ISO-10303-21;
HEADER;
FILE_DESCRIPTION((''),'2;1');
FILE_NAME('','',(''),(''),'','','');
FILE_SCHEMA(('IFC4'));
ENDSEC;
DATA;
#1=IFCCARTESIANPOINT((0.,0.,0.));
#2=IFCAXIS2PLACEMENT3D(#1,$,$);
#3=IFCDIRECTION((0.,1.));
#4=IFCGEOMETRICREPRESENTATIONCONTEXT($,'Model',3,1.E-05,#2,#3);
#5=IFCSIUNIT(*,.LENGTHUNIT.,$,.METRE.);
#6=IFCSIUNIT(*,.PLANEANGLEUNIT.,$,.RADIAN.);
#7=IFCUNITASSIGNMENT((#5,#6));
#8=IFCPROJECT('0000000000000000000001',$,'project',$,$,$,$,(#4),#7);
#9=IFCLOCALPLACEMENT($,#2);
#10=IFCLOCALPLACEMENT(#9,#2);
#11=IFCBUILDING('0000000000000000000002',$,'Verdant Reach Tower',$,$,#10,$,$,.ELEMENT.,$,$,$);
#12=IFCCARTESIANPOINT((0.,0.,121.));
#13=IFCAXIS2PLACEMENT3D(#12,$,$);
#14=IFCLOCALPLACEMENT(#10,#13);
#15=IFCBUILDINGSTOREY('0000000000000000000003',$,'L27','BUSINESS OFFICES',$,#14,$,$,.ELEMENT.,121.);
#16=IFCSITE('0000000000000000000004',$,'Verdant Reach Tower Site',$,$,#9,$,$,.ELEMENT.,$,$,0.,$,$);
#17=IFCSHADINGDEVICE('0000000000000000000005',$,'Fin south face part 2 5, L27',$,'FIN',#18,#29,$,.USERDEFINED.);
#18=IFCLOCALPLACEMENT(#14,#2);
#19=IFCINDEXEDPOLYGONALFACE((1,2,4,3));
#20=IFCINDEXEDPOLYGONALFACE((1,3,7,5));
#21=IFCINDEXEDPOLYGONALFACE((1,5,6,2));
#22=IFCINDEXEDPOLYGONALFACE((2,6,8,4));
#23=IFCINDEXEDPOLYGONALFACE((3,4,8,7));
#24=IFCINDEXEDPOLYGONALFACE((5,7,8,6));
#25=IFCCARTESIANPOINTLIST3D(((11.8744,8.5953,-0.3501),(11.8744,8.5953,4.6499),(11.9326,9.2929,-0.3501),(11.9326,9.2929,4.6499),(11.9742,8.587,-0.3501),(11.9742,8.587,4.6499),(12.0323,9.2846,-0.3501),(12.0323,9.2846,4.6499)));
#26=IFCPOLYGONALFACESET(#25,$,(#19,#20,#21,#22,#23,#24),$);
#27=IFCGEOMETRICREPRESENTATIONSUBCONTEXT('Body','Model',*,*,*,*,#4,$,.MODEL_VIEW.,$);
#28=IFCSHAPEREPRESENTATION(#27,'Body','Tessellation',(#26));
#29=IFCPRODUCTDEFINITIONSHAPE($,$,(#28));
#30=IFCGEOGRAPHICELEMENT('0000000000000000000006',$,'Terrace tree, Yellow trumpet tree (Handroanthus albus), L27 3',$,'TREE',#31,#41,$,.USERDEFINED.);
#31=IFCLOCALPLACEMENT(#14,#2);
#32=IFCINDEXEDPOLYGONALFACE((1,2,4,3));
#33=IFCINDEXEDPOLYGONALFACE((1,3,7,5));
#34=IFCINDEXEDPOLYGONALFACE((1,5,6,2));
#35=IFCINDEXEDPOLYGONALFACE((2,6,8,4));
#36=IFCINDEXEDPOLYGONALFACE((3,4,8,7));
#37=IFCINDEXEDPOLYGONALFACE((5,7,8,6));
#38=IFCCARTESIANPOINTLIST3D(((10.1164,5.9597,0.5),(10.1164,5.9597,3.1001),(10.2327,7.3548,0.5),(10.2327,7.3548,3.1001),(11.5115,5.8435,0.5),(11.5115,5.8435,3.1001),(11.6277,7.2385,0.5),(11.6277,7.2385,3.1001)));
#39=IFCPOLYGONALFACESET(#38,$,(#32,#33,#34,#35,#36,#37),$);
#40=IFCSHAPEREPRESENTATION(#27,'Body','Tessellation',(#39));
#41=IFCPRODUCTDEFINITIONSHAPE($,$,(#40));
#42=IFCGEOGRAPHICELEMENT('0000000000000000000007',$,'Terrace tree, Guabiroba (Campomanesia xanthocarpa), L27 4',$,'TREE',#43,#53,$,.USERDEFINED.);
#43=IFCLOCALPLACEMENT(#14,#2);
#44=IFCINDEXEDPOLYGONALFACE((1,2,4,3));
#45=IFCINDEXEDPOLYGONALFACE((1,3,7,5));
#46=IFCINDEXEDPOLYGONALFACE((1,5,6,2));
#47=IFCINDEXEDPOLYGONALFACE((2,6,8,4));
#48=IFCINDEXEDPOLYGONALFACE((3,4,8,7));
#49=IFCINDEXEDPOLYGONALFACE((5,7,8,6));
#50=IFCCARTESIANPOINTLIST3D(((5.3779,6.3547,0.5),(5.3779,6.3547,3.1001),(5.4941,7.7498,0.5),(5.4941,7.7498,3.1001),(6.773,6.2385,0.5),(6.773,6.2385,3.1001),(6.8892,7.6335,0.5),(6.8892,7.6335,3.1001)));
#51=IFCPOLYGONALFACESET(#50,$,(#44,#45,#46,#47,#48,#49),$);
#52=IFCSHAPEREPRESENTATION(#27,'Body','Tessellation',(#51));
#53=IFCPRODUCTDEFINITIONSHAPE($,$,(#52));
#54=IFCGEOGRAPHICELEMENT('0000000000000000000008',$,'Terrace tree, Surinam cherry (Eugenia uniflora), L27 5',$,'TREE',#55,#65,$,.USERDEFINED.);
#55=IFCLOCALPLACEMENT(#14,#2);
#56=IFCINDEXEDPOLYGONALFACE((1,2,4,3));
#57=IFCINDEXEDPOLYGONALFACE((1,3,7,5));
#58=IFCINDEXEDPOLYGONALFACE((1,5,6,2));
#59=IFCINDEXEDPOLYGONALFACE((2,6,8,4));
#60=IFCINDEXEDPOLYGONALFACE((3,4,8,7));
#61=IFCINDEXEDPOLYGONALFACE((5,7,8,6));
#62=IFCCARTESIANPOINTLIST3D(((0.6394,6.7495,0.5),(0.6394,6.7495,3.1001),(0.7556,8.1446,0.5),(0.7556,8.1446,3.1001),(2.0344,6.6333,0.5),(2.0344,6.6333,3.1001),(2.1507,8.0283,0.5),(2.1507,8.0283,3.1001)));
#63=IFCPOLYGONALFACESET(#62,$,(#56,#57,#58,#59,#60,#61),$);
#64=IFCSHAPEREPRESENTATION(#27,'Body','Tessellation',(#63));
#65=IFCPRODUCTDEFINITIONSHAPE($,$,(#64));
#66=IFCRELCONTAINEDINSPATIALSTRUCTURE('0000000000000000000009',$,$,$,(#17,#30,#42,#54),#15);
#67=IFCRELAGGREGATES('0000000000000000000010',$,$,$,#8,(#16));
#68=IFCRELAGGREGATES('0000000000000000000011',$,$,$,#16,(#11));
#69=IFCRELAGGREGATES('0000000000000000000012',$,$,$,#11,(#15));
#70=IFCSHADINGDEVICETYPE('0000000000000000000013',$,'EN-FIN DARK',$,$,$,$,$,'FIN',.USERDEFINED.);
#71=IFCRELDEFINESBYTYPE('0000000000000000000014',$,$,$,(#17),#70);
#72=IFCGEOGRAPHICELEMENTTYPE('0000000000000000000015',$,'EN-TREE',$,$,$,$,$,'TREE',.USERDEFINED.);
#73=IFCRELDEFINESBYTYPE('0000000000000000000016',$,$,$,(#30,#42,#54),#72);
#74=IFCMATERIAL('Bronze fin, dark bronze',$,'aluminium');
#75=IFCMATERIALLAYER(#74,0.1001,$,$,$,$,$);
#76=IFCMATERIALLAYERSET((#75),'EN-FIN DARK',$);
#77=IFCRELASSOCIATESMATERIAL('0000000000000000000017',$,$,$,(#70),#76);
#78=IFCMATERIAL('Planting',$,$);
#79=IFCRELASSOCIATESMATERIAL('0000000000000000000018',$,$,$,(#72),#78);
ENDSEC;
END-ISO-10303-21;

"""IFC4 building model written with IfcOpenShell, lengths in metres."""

from ifc_helpers import new_model, si_unit, direction, frame, origin, origin_2d, place, context, subcontext, project, spatial, rectangle, extrude, material, layer, layer_set, type_object, element, save


model = new_model("IFC4")

# Units and contexts
model_context = context("Model", 3, precision=1e-05, world=origin(), true_north=direction((0.0, 1.0)))
body_context = subcontext(model_context, "Body", "Model", "MODEL_VIEW")
ifc_project = project(units=[si_unit("LENGTHUNIT", "METRE"), si_unit("PLANEANGLEUNIT", "RADIAN")], contexts=[model_context])

# Site, building, storey
site_placement = place(None, origin())
site = spatial("IfcSite", under=ifc_project, at=site_placement, Name="Verdant Reach Tower Site", CompositionType="ELEMENT", RefElevation=0.0)
building_placement = place(site_placement, origin())
building = spatial("IfcBuilding", under=site, at=building_placement, Name="Verdant Reach Tower", CompositionType="ELEMENT")
storey_placement = place(building_placement, frame((0.0, 0.0, 121.0)))
storey = spatial("IfcBuildingStorey", under=building, at=storey_placement, Name="L27", Description="BUSINESS OFFICES", CompositionType="ELEMENT", Elevation=121.0)

# Shading device
ifc_material_1 = material(Name="Bronze fin, dark bronze", Category="aluminium")
ifc_layer_1 = layer(ifc_material_1, 0.1001)
ifc_layer_set_1 = layer_set([ifc_layer_1], Name="EN-FIN DARK")
shading_device_type_1 = type_object("IfcShadingDeviceType", Name="EN-FIN DARK", ElementType="FIN", PredefinedType="USERDEFINED", material=ifc_layer_set_1)
shading_device_1_placement = place(storey_placement, frame((11.9534, 8.9399, -0.3501), z_axis=(0.0, 0.0, 1.0), x_axis=(0.996546, -0.083045, 0.0)))
element("IfcShadingDevice", 1, at=shading_device_1_placement, inside=storey, type_object=shading_device_type_1, Name="Fin south face part 2 5, L27", ObjectType="FIN", PredefinedType="USERDEFINED", context=body_context, shape_type="SweptSolid", body=[
    extrude(rectangle(XDim=0.1001, YDim=0.7, at=origin_2d()), origin(), (0.0, 0.0, 1.0), 5.0),
])

# Geographic elements
ifc_material_2 = material(Name="Planting")
geographic_element_type = type_object("IfcGeographicElementType", Name="EN-TREE", ElementType="TREE", PredefinedType="USERDEFINED", material=ifc_material_2)
for number, where, z_axis, x_axis, name in (
    (2, (10.8721, 6.5991, 0.5), (0.0, 0.0, 1.0), (-0.996546, 0.083045, 0.0), "Terrace tree, Yellow trumpet tree (Handroanthus albus), L27 3"),
    (3, (6.1335, 6.9941, 0.5), (0.0, 0.0, 1.0), (-0.996546, 0.083045, 0.0), "Terrace tree, Guabiroba (Campomanesia xanthocarpa), L27 4"),
    (4, (1.395, 7.3889, 0.5), (0.0, 0.0, 1.0), (-0.996546, 0.083045, 0.0), "Terrace tree, Surinam cherry (Eugenia uniflora), L27 5"),
):
    element("IfcGeographicElement", number, at=place(storey_placement, frame(where, z_axis=z_axis, x_axis=x_axis)), inside=storey, type_object=geographic_element_type, Name=name, ObjectType="TREE", PredefinedType="USERDEFINED", context=body_context, shape_type="SweptSolid", body=[
        extrude(rectangle(XDim=1.3999, YDim=1.3999, at=origin_2d()), origin(), (0.0, 0.0, 1.0), 2.6001),
    ])

save(model, "model.ifc")
